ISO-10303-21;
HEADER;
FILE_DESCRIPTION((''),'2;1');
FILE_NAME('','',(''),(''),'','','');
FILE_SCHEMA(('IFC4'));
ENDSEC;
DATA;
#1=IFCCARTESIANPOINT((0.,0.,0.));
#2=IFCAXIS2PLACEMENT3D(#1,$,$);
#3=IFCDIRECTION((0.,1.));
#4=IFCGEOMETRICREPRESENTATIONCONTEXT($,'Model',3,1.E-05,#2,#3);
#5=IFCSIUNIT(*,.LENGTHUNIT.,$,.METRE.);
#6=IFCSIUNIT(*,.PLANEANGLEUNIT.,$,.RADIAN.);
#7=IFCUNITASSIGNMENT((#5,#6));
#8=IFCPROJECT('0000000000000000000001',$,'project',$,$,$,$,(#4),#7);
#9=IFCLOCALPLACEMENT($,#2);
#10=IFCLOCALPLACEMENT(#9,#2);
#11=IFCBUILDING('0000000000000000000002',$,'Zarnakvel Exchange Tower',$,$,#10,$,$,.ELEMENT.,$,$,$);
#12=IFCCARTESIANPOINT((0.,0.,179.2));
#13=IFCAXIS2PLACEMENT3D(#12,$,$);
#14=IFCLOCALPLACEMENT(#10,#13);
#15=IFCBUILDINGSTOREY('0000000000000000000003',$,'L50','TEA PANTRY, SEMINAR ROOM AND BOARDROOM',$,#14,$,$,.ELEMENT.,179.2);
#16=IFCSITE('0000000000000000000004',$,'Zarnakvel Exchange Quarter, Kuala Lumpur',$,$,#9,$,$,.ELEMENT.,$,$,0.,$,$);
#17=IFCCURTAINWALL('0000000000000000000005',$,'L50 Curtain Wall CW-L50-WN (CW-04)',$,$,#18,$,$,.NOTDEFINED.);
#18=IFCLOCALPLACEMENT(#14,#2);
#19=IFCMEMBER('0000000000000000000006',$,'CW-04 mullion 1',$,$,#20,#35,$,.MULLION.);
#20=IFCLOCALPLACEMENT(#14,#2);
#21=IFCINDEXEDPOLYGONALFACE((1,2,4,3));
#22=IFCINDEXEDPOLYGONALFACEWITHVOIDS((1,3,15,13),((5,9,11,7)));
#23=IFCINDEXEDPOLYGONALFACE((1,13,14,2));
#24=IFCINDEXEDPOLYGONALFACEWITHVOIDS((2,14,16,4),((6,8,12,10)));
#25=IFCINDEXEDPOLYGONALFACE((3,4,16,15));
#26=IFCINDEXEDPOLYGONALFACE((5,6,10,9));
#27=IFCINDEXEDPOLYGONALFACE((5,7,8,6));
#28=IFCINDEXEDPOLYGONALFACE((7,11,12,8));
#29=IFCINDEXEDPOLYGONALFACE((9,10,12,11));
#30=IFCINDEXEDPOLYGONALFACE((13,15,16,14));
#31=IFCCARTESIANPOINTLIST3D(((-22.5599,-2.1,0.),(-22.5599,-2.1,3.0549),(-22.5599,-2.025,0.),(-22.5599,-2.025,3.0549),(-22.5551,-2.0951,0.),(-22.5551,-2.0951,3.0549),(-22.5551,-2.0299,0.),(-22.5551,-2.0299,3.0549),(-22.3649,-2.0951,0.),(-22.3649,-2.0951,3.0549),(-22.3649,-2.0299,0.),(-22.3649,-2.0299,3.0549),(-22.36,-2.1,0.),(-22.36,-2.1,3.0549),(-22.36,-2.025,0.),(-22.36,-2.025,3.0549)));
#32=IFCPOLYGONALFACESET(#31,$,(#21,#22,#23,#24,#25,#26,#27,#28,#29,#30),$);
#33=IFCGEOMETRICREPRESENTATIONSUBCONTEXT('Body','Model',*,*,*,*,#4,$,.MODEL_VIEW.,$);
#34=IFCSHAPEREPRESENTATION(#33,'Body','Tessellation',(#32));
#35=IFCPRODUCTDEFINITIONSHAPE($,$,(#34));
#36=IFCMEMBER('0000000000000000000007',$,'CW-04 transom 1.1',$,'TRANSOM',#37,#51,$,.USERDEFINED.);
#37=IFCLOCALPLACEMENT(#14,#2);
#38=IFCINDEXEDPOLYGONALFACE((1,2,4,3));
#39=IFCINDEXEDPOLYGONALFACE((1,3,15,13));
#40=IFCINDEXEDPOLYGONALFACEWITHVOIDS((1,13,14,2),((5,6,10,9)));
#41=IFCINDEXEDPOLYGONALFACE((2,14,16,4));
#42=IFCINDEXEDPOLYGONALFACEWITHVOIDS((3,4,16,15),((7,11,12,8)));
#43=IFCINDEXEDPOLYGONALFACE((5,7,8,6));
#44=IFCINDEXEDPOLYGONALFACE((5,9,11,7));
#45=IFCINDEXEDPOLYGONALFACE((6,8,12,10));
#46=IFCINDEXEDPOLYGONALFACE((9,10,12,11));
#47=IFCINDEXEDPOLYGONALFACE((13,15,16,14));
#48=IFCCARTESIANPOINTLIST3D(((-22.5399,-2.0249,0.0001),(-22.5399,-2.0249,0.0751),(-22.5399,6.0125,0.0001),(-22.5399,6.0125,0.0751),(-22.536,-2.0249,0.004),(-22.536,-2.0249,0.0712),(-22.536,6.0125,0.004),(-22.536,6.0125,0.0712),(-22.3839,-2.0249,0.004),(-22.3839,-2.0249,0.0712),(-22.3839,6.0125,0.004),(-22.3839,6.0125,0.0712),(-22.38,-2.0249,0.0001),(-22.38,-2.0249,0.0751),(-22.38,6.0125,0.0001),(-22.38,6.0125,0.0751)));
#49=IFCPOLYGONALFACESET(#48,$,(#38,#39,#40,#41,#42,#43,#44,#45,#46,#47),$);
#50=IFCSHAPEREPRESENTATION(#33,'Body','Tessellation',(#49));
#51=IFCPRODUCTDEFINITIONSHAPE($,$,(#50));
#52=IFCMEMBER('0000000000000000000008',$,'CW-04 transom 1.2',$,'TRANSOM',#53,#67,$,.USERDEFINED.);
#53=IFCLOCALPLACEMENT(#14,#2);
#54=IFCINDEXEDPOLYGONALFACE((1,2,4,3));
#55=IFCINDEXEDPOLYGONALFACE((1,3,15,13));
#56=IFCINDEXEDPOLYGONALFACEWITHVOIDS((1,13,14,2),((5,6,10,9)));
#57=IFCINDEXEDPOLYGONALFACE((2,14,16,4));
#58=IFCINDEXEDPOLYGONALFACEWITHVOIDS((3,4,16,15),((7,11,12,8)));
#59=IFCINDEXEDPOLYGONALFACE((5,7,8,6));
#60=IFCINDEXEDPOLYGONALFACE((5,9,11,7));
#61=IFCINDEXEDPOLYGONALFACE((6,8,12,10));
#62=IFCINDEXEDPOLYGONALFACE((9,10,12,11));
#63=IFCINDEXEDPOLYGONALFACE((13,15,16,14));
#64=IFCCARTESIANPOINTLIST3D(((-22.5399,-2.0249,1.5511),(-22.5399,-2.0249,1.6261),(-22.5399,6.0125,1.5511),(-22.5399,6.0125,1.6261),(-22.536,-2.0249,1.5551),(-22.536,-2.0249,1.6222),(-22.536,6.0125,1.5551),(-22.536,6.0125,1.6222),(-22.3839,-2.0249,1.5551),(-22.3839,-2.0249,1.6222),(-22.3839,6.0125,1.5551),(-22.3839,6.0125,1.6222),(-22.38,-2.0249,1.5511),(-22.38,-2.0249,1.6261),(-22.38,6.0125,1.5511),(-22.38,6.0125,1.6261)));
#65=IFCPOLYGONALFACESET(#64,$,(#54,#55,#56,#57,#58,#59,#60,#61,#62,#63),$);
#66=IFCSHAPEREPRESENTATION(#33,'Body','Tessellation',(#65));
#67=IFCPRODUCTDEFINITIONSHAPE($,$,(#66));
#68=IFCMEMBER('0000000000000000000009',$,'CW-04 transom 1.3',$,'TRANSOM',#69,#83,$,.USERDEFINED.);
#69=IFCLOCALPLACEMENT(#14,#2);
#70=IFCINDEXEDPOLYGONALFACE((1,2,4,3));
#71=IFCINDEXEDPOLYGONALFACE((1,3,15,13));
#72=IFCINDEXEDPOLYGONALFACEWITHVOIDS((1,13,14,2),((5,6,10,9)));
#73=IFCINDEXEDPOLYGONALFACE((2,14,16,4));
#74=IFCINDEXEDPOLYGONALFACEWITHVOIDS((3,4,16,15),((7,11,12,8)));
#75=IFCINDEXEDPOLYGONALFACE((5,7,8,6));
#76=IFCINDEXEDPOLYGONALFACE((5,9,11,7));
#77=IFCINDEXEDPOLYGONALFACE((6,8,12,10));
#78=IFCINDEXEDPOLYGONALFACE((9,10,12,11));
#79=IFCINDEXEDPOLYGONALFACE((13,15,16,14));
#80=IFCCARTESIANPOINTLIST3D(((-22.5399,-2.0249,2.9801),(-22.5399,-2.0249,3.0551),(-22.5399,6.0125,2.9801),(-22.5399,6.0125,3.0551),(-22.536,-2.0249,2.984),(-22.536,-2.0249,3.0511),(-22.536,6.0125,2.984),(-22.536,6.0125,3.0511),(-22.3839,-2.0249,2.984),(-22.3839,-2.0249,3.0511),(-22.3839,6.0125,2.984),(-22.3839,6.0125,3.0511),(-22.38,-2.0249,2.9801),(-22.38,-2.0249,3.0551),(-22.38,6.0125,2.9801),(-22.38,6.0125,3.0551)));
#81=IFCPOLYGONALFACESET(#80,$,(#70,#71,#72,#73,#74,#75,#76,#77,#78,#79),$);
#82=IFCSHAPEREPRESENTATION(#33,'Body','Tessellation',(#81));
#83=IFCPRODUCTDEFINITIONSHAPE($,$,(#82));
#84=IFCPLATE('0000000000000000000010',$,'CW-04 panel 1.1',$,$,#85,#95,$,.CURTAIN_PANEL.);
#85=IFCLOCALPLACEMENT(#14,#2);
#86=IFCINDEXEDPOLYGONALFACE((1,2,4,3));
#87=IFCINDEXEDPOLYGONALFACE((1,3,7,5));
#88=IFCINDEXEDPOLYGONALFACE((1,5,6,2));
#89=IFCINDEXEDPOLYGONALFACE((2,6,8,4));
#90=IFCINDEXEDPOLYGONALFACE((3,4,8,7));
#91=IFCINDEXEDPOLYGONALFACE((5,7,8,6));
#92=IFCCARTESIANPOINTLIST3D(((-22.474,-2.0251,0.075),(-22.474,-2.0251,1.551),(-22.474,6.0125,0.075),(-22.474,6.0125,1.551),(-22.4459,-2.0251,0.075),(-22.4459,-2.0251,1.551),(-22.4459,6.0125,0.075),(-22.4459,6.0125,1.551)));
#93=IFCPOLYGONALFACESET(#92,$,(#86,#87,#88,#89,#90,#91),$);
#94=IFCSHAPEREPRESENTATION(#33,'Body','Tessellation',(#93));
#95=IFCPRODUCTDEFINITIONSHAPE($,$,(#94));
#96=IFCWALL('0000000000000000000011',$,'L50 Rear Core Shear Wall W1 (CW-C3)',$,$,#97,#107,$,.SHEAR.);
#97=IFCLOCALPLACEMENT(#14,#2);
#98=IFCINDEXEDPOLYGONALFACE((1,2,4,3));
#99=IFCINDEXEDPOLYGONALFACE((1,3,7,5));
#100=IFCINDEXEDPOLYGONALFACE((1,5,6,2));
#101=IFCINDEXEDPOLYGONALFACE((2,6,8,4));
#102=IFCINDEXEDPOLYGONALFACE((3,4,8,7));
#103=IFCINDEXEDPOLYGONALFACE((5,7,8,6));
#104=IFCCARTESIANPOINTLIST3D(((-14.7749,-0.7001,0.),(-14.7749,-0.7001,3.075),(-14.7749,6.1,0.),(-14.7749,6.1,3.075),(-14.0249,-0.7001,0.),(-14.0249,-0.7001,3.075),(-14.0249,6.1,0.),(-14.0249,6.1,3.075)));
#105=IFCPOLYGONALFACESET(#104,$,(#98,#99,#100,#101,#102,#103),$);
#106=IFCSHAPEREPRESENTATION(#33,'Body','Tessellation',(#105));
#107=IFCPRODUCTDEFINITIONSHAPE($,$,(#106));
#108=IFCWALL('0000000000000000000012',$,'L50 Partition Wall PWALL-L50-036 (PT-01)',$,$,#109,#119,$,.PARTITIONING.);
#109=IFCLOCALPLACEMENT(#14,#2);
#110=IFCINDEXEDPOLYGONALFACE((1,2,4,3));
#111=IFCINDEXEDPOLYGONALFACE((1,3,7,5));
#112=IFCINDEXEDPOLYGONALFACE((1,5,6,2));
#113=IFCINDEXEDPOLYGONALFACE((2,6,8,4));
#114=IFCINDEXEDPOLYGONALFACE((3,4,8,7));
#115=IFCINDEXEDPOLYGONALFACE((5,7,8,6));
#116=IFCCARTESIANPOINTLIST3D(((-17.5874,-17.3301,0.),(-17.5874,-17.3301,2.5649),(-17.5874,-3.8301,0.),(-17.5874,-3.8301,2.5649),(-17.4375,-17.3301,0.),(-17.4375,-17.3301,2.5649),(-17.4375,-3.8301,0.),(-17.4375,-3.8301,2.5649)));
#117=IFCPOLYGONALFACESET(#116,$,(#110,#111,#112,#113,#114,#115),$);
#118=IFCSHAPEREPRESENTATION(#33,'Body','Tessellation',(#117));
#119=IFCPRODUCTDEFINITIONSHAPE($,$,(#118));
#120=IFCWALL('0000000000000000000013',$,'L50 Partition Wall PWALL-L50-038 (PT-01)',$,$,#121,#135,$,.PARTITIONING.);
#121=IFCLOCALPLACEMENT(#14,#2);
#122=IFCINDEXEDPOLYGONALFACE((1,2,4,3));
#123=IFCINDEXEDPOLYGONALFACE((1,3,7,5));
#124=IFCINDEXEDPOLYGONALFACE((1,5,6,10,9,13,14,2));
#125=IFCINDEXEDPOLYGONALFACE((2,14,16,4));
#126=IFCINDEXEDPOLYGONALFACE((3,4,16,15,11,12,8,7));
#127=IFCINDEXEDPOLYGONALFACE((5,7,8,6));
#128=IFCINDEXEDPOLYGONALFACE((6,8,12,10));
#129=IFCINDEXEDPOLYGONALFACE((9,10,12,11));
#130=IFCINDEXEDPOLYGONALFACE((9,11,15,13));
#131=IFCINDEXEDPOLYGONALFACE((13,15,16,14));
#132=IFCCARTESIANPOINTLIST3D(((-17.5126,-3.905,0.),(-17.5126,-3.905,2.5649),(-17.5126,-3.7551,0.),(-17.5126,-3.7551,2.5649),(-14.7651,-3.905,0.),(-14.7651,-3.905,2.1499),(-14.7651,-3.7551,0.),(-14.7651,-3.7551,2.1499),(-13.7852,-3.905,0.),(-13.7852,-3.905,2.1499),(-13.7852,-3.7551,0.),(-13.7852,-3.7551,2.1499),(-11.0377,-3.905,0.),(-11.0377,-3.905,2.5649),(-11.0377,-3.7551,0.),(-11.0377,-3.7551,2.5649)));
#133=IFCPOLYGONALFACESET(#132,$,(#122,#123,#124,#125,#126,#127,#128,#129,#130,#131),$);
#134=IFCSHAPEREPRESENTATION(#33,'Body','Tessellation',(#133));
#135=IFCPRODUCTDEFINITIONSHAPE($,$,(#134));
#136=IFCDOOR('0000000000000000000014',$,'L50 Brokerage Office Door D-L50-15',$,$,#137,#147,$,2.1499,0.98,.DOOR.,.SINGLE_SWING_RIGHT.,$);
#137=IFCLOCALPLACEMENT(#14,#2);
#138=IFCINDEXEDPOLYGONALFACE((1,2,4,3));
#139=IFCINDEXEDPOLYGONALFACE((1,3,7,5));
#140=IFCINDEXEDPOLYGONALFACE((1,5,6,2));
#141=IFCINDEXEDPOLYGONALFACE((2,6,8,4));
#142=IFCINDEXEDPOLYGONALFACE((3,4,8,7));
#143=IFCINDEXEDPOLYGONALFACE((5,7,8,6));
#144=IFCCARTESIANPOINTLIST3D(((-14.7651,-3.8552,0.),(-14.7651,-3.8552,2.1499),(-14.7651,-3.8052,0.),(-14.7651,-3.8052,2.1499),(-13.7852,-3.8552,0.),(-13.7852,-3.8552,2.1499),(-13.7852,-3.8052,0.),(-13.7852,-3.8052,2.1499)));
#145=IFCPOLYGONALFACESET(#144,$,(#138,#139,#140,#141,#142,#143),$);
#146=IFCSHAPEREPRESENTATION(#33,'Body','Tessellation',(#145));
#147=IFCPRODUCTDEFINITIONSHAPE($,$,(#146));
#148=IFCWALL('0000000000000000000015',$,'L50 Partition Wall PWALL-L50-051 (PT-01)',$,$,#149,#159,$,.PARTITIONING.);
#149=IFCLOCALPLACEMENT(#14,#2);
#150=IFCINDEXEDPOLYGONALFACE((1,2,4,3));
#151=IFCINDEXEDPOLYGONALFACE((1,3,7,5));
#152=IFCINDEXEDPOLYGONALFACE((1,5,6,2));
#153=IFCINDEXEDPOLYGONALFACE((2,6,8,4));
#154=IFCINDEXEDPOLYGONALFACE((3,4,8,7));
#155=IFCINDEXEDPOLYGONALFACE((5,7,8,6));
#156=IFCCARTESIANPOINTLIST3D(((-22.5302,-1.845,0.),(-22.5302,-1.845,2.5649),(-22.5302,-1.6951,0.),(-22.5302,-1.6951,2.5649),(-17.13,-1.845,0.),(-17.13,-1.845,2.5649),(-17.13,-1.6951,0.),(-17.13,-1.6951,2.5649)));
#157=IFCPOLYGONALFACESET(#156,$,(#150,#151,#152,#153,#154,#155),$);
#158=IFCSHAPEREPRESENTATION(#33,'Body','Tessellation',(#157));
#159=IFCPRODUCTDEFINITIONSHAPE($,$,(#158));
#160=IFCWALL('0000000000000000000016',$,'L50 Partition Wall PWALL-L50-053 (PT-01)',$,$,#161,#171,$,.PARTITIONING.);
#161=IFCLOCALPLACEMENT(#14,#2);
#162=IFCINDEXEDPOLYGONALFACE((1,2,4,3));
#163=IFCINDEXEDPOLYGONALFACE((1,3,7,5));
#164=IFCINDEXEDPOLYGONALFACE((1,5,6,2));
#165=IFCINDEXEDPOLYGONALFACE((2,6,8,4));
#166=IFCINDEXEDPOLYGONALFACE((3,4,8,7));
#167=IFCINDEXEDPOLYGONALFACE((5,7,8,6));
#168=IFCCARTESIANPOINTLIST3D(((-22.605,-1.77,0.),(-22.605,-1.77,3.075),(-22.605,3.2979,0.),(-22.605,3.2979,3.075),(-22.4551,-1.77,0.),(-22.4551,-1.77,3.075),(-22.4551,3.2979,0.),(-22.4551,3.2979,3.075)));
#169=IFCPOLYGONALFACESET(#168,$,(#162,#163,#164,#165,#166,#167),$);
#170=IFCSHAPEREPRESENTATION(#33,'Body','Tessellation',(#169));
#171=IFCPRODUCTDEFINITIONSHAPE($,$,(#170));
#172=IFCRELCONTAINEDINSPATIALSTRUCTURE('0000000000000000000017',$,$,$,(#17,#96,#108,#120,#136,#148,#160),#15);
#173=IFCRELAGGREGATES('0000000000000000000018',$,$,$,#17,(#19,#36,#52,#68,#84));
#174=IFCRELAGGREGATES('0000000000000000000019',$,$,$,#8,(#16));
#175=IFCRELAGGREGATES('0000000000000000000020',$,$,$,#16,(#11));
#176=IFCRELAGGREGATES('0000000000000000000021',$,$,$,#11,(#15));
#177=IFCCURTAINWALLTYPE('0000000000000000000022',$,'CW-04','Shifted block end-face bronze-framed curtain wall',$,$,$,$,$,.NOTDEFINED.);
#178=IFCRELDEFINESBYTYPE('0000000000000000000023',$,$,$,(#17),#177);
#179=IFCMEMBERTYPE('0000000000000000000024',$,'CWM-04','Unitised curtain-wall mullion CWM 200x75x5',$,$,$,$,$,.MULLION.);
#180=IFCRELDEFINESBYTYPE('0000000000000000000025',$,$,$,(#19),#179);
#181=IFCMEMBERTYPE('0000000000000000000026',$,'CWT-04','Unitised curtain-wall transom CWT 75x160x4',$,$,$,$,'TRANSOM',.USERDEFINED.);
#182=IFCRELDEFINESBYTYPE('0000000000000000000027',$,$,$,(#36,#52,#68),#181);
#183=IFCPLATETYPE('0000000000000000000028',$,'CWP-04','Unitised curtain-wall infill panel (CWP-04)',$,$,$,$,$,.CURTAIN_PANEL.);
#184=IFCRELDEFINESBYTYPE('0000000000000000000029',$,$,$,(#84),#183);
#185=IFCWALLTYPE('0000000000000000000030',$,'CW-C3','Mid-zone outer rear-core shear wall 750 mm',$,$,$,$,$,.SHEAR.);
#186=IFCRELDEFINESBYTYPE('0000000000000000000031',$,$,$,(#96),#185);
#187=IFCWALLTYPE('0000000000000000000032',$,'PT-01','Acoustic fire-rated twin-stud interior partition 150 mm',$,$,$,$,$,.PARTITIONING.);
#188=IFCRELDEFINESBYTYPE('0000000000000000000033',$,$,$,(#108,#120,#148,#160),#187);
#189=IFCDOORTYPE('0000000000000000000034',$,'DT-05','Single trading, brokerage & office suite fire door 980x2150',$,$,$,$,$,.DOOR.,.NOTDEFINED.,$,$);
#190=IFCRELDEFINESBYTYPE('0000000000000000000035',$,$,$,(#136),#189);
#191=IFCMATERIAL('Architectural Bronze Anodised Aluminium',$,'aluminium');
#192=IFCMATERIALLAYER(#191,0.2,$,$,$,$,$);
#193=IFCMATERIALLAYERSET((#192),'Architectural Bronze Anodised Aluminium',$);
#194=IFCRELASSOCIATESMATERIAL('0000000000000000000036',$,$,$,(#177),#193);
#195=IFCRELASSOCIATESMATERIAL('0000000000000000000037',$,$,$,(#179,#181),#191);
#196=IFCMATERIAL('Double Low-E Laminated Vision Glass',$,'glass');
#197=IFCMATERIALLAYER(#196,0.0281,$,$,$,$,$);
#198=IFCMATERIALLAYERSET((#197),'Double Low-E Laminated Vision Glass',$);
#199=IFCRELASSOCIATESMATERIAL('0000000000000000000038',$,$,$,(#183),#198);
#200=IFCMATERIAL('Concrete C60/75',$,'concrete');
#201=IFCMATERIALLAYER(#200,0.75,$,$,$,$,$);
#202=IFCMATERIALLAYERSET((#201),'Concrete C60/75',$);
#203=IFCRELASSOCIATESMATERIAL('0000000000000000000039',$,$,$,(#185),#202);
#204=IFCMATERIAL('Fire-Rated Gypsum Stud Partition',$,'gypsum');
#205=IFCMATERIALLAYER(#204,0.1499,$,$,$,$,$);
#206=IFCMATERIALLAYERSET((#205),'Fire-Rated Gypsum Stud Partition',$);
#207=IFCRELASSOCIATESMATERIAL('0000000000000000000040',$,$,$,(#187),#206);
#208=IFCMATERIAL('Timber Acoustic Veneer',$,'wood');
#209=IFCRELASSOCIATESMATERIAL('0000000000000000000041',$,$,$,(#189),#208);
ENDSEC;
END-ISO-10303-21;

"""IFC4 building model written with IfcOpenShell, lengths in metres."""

from ifc_helpers import new_model, si_unit, direction, frame, frame_2d, origin, origin_2d, place, context, subcontext, project, spatial, rectangle, hollow_rectangle, extrude, source, transform, mapped, material, layer, layer_set, material_profile, profile_set, type_object, element, fill, aggregate, save


model = new_model("IFC4")

# Units and contexts
model_context = context("Model", 3, precision=1e-05, world=origin(), true_north=direction((0.0, 1.0)))
body_context = subcontext(model_context, "Body", "Model", "MODEL_VIEW")
ifc_project = project(units=[si_unit("LENGTHUNIT", "METRE"), si_unit("PLANEANGLEUNIT", "RADIAN")], contexts=[model_context])

# Site, building, storey
site_placement = place(None, origin())
site = spatial("IfcSite", under=ifc_project, at=site_placement, Name="Zarnakvel Exchange Quarter, Kuala Lumpur", CompositionType="ELEMENT", RefElevation=0.0)
building_placement = place(site_placement, origin())
building = spatial("IfcBuilding", under=site, at=building_placement, Name="Zarnakvel Exchange Tower", CompositionType="ELEMENT")
storey_placement = place(building_placement, frame((0.0, 0.0, 179.2)))
storey = spatial("IfcBuildingStorey", under=building, at=storey_placement, Name="L50", Description="TEA PANTRY, SEMINAR ROOM AND BOARDROOM", CompositionType="ELEMENT", Elevation=179.2)

# Shared definitions
ifc_material_1 = material(Name="Concrete C60/75", Category="concrete")

# Curtain wall, members, plate
ifc_material_2 = material(Name="Architectural Bronze Anodised Aluminium", Category="aluminium")
ifc_layer_1 = layer(ifc_material_2, 0.2)
ifc_layer_set_1 = layer_set([ifc_layer_1], Name="Architectural Bronze Anodised Aluminium")
curtain_wall_type = type_object("IfcCurtainWallType", Name="CW-04", Description="Shifted block end-face bronze-framed curtain wall", PredefinedType="NOTDEFINED", material=ifc_layer_set_1)
curtain_wall_placement = place(storey_placement, origin())
curtain_wall = element("IfcCurtainWall", 1, at=curtain_wall_placement, inside=storey, type_object=curtain_wall_type, Name="L50 Curtain Wall CW-L50-WN (CW-04)", PredefinedType="NOTDEFINED")
ifc_material_profile_1 = material_profile(ifc_material_2, hollow_rectangle(XDim=0.2, YDim=0.075, WallThickness=0.0049, at=origin_2d()))
ifc_profile_set_1 = profile_set([ifc_material_profile_1], Name="Architectural Bronze Anodised Aluminium")
member_type_1 = type_object("IfcMemberType", Name="CWM-04", Description="Unitised curtain-wall mullion CWM 200x75x5", PredefinedType="MULLION", material=ifc_profile_set_1)
shared_shape_1 = source(origin(), body_context, "Body", "SweptSolid", [
    extrude(hollow_rectangle(XDim=0.2, YDim=0.075, WallThickness=0.0049, at=origin_2d()), origin(), (0.0, 0.0, 1.0), 3.0549),
])
member_1_placement = place(storey_placement, frame((-22.46, -2.0625, 0.0), z_axis=(0.0, 0.0, 1.0), x_axis=(-1.0, 0.0, 0.0)))
member_1 = element("IfcMember", 2, at=member_1_placement, type_object=member_type_1, Name="CW-04 mullion 1", PredefinedType="MULLION", context=body_context, shape_type="MappedRepresentation", body=[
    mapped(shared_shape_1, transform((0.0, 0.0, 0.0), x_axis=(1.0, 0.0, 0.0), y_axis=(0.0, 1.0, 0.0), z_axis=(0.0, 0.0, 1.0), scale=1.0)),
])
ifc_material_profile_2 = material_profile(ifc_material_2, hollow_rectangle(XDim=0.1599, YDim=0.075, WallThickness=0.0039, at=origin_2d()))
ifc_profile_set_2 = profile_set([ifc_material_profile_2], Name="Architectural Bronze Anodised Aluminium")
member_type_2 = type_object("IfcMemberType", Name="CWT-04", Description="Unitised curtain-wall transom CWT 75x160x4", ElementType="TRANSOM", PredefinedType="USERDEFINED", material=ifc_profile_set_2)
shared_shape_2 = source(origin(), body_context, "Body", "SweptSolid", [
    extrude(hollow_rectangle(XDim=0.1599, YDim=0.075, WallThickness=0.0039, at=origin_2d()), origin(), (0.0, 0.0, 1.0), 8.0374),
])
member_2_placement = place(storey_placement, frame((-22.46, -2.0249, 0.0376), z_axis=(0.0, 1.0, 0.0), x_axis=(-1.0, 0.0, 0.0)))
member_2 = element("IfcMember", 3, at=member_2_placement, type_object=member_type_2, Name="CW-04 transom 1.1", ObjectType="TRANSOM", PredefinedType="USERDEFINED", context=body_context, shape_type="MappedRepresentation", body=[
    mapped(shared_shape_2, transform((0.0, 0.0, 0.0), x_axis=(1.0, 0.0, 0.0), y_axis=(0.0, 1.0, 0.0), z_axis=(0.0, 0.0, 1.0), scale=1.0)),
])
member_3_placement = place(storey_placement, frame((-22.46, -2.0249, 1.5886), z_axis=(0.0, 1.0, 0.0), x_axis=(-1.0, 0.0, 0.0)))
member_3 = element("IfcMember", 4, at=member_3_placement, type_object=member_type_2, Name="CW-04 transom 1.2", ObjectType="TRANSOM", PredefinedType="USERDEFINED", context=body_context, shape_type="MappedRepresentation", body=[
    mapped(shared_shape_2, transform((0.0, 0.0, 0.0), x_axis=(1.0, 0.0, 0.0), y_axis=(0.0, 1.0, 0.0), z_axis=(0.0, 0.0, 1.0), scale=1.0)),
])
member_4_placement = place(storey_placement, frame((-22.46, -2.0249, 3.0176), z_axis=(0.0, 1.0, 0.0), x_axis=(-1.0, 0.0, 0.0)))
member_4 = element("IfcMember", 5, at=member_4_placement, type_object=member_type_2, Name="CW-04 transom 1.3", ObjectType="TRANSOM", PredefinedType="USERDEFINED", context=body_context, shape_type="MappedRepresentation", body=[
    mapped(shared_shape_2, transform((0.0, 0.0, 0.0), x_axis=(1.0, 0.0, 0.0), y_axis=(0.0, 1.0, 0.0), z_axis=(0.0, 0.0, 1.0), scale=1.0)),
])
ifc_material_3 = material(Name="Double Low-E Laminated Vision Glass", Category="glass")
ifc_layer_2 = layer(ifc_material_3, 0.0281)
ifc_layer_set_2 = layer_set([ifc_layer_2], Name="Double Low-E Laminated Vision Glass")
plate_type = type_object("IfcPlateType", Name="CWP-04", Description="Unitised curtain-wall infill panel (CWP-04)", PredefinedType="CURTAIN_PANEL", material=ifc_layer_set_2)
shared_shape_3 = source(origin(), body_context, "Body", "SweptSolid", [
    extrude(rectangle(XDim=8.0376, YDim=0.0281, at=origin_2d()), origin(), (0.0, 0.0, 1.0), 1.4761),
])
plate_placement = place(storey_placement, frame((-22.46, 1.9937, 0.075), z_axis=(0.0, 0.0, 1.0), x_axis=(0.0, 1.0, 0.0)))
plate = element("IfcPlate", 6, at=plate_placement, type_object=plate_type, Name="CW-04 panel 1.1", PredefinedType="CURTAIN_PANEL", context=body_context, shape_type="MappedRepresentation", body=[
    mapped(shared_shape_3, transform((0.0, 0.0, 0.0), x_axis=(1.0, 0.0, 0.0), y_axis=(0.0, 1.0, 0.0), z_axis=(0.0, 0.0, 1.0), scale=1.0)),
])
aggregate(curtain_wall, [member_1, member_2, member_3, member_4, plate])

# Wall
ifc_layer_3 = layer(ifc_material_1, 0.75)
ifc_layer_set_3 = layer_set([ifc_layer_3], Name="Concrete C60/75")
wall_type_1 = type_object("IfcWallType", Name="CW-C3", Description="Mid-zone outer rear-core shear wall 750 mm", PredefinedType="SHEAR", material=ifc_layer_set_3)
wall_1_placement = place(storey_placement, frame((-14.3999, -0.7, 0.0), z_axis=(0.0, 0.0, 1.0), x_axis=(0.0, 1.0, 0.0)))
element("IfcWall", 7, at=wall_1_placement, inside=storey, type_object=wall_type_1, Name="L50 Rear Core Shear Wall W1 (CW-C3)", PredefinedType="SHEAR", context=body_context, shape_type="SweptSolid", body=[
    extrude(rectangle(XDim=6.8, YDim=0.75, at=frame_2d((3.3999, 0.0))), origin(), (0.0, 0.0, 1.0), 3.075),
])

# Shared definitions
ifc_material_4 = material(Name="Fire-Rated Gypsum Stud Partition", Category="gypsum")
ifc_layer_4 = layer(ifc_material_4, 0.1499)
ifc_layer_set_4 = layer_set([ifc_layer_4], Name="Fire-Rated Gypsum Stud Partition")
wall_type_2 = type_object("IfcWallType", Name="PT-01", Description="Acoustic fire-rated twin-stud interior partition 150 mm", PredefinedType="PARTITIONING", material=ifc_layer_set_4)
ifc_material_5 = material(Name="Timber Acoustic Veneer", Category="wood")
door_type = type_object("IfcDoorType", Name="DT-05", Description="Single trading, brokerage & office suite fire door 980x2150", OperationType="NOTDEFINED", PredefinedType="DOOR", material=ifc_material_5)
shared_shape_4 = source(origin(), body_context, "Body", "SweptSolid", [
    extrude(rectangle(XDim=0.98, YDim=2.1499, at=frame_2d((0.49, 1.075))), frame((0.0, 0.0249, 0.0), z_axis=(0.0, -1.0, 0.0), x_axis=(1.0, 0.0, 0.0)), (0.0, 0.0, 1.0), 0.05),
])

# Wall
wall_2_placement = place(storey_placement, frame((-17.5125, -3.8301, 0.0), z_axis=(0.0, 0.0, 1.0), x_axis=(0.0, -1.0, 0.0)))
element("IfcWall", 8, at=wall_2_placement, inside=storey, type_object=wall_type_2, Name="L50 Partition Wall PWALL-L50-036 (PT-01)", PredefinedType="PARTITIONING", context=body_context, shape_type="SweptSolid", body=[
    extrude(rectangle(XDim=13.5, YDim=0.1499, at=frame_2d((6.75, 0.0))), origin(), (0.0, 0.0, 1.0), 2.5649),
])

# Wall, opening, door
wall_3_placement = place(storey_placement, frame((-17.5125, -3.8301, 0.0), z_axis=(0.0, 0.0, 1.0), x_axis=(1.0, 0.0, 0.0)))
wall_3 = element("IfcWall", 9, at=wall_3_placement, inside=storey, type_object=wall_type_2, Name="L50 Partition Wall PWALL-L50-038 (PT-01)", PredefinedType="PARTITIONING", context=body_context, shape_type="SweptSolid", body=[
    extrude(rectangle(XDim=6.4749, YDim=0.1499, at=frame_2d((3.2373, 0.0))), origin(), (0.0, 0.0, 1.0), 2.5649),
])
opening_1_placement = place(wall_3_placement, frame((2.7473, 0.0, 0.0)))
opening_1 = element("IfcOpeningElement", 10, at=opening_1_placement, cuts=wall_3, PredefinedType="OPENING", context=body_context, shape_type="SweptSolid", body=[
    extrude(rectangle(XDim=0.98, YDim=2.1499, at=frame_2d((0.49, 1.075))), frame((0.0, 0.085, 0.0), z_axis=(0.0, -1.0, 0.0), x_axis=(1.0, 0.0, 0.0)), (0.0, 0.0, 1.0), 0.1699),
])
door_1_placement = place(opening_1_placement, origin())
door_1 = element("IfcDoor", 11, at=door_1_placement, inside=storey, type_object=door_type, Name="L50 Brokerage Office Door D-L50-15", OperationType="SINGLE_SWING_RIGHT", OverallHeight=2.1499, OverallWidth=0.98, PredefinedType="DOOR", context=body_context, shape_type="MappedRepresentation", body=[
    mapped(shared_shape_4, transform((0.0, 0.0, 0.0), x_axis=(1.0, 0.0, 0.0), y_axis=(0.0, 1.0, 0.0), z_axis=(0.0, 0.0, 1.0), scale=1.0)),
])
fill(opening_1, door_1)

# Walls
wall_4_placement = place(storey_placement, frame((-17.1299, -1.77, 0.0), z_axis=(0.0, 0.0, 1.0), x_axis=(-1.0, 0.0, 0.0)))
element("IfcWall", 12, at=wall_4_placement, inside=storey, type_object=wall_type_2, Name="L50 Partition Wall PWALL-L50-051 (PT-01)", PredefinedType="PARTITIONING", context=body_context, shape_type="SweptSolid", body=[
    extrude(rectangle(XDim=5.4001, YDim=0.1499, at=frame_2d((2.7002, 0.0))), origin(), (0.0, 0.0, 1.0), 2.5649),
])
wall_5_placement = place(storey_placement, frame((-22.53, -1.77, 0.0), z_axis=(0.0, 0.0, 1.0), x_axis=(0.0, 1.0, 0.0)))
element("IfcWall", 13, at=wall_5_placement, inside=storey, type_object=wall_type_2, Name="L50 Partition Wall PWALL-L50-053 (PT-01)", PredefinedType="PARTITIONING", context=body_context, shape_type="SweptSolid", body=[
    extrude(rectangle(XDim=5.0679, YDim=0.1499, at=frame_2d((2.5339, 0.0))), origin(), (0.0, 0.0, 1.0), 3.075),
])

save(model, "model.ifc")
